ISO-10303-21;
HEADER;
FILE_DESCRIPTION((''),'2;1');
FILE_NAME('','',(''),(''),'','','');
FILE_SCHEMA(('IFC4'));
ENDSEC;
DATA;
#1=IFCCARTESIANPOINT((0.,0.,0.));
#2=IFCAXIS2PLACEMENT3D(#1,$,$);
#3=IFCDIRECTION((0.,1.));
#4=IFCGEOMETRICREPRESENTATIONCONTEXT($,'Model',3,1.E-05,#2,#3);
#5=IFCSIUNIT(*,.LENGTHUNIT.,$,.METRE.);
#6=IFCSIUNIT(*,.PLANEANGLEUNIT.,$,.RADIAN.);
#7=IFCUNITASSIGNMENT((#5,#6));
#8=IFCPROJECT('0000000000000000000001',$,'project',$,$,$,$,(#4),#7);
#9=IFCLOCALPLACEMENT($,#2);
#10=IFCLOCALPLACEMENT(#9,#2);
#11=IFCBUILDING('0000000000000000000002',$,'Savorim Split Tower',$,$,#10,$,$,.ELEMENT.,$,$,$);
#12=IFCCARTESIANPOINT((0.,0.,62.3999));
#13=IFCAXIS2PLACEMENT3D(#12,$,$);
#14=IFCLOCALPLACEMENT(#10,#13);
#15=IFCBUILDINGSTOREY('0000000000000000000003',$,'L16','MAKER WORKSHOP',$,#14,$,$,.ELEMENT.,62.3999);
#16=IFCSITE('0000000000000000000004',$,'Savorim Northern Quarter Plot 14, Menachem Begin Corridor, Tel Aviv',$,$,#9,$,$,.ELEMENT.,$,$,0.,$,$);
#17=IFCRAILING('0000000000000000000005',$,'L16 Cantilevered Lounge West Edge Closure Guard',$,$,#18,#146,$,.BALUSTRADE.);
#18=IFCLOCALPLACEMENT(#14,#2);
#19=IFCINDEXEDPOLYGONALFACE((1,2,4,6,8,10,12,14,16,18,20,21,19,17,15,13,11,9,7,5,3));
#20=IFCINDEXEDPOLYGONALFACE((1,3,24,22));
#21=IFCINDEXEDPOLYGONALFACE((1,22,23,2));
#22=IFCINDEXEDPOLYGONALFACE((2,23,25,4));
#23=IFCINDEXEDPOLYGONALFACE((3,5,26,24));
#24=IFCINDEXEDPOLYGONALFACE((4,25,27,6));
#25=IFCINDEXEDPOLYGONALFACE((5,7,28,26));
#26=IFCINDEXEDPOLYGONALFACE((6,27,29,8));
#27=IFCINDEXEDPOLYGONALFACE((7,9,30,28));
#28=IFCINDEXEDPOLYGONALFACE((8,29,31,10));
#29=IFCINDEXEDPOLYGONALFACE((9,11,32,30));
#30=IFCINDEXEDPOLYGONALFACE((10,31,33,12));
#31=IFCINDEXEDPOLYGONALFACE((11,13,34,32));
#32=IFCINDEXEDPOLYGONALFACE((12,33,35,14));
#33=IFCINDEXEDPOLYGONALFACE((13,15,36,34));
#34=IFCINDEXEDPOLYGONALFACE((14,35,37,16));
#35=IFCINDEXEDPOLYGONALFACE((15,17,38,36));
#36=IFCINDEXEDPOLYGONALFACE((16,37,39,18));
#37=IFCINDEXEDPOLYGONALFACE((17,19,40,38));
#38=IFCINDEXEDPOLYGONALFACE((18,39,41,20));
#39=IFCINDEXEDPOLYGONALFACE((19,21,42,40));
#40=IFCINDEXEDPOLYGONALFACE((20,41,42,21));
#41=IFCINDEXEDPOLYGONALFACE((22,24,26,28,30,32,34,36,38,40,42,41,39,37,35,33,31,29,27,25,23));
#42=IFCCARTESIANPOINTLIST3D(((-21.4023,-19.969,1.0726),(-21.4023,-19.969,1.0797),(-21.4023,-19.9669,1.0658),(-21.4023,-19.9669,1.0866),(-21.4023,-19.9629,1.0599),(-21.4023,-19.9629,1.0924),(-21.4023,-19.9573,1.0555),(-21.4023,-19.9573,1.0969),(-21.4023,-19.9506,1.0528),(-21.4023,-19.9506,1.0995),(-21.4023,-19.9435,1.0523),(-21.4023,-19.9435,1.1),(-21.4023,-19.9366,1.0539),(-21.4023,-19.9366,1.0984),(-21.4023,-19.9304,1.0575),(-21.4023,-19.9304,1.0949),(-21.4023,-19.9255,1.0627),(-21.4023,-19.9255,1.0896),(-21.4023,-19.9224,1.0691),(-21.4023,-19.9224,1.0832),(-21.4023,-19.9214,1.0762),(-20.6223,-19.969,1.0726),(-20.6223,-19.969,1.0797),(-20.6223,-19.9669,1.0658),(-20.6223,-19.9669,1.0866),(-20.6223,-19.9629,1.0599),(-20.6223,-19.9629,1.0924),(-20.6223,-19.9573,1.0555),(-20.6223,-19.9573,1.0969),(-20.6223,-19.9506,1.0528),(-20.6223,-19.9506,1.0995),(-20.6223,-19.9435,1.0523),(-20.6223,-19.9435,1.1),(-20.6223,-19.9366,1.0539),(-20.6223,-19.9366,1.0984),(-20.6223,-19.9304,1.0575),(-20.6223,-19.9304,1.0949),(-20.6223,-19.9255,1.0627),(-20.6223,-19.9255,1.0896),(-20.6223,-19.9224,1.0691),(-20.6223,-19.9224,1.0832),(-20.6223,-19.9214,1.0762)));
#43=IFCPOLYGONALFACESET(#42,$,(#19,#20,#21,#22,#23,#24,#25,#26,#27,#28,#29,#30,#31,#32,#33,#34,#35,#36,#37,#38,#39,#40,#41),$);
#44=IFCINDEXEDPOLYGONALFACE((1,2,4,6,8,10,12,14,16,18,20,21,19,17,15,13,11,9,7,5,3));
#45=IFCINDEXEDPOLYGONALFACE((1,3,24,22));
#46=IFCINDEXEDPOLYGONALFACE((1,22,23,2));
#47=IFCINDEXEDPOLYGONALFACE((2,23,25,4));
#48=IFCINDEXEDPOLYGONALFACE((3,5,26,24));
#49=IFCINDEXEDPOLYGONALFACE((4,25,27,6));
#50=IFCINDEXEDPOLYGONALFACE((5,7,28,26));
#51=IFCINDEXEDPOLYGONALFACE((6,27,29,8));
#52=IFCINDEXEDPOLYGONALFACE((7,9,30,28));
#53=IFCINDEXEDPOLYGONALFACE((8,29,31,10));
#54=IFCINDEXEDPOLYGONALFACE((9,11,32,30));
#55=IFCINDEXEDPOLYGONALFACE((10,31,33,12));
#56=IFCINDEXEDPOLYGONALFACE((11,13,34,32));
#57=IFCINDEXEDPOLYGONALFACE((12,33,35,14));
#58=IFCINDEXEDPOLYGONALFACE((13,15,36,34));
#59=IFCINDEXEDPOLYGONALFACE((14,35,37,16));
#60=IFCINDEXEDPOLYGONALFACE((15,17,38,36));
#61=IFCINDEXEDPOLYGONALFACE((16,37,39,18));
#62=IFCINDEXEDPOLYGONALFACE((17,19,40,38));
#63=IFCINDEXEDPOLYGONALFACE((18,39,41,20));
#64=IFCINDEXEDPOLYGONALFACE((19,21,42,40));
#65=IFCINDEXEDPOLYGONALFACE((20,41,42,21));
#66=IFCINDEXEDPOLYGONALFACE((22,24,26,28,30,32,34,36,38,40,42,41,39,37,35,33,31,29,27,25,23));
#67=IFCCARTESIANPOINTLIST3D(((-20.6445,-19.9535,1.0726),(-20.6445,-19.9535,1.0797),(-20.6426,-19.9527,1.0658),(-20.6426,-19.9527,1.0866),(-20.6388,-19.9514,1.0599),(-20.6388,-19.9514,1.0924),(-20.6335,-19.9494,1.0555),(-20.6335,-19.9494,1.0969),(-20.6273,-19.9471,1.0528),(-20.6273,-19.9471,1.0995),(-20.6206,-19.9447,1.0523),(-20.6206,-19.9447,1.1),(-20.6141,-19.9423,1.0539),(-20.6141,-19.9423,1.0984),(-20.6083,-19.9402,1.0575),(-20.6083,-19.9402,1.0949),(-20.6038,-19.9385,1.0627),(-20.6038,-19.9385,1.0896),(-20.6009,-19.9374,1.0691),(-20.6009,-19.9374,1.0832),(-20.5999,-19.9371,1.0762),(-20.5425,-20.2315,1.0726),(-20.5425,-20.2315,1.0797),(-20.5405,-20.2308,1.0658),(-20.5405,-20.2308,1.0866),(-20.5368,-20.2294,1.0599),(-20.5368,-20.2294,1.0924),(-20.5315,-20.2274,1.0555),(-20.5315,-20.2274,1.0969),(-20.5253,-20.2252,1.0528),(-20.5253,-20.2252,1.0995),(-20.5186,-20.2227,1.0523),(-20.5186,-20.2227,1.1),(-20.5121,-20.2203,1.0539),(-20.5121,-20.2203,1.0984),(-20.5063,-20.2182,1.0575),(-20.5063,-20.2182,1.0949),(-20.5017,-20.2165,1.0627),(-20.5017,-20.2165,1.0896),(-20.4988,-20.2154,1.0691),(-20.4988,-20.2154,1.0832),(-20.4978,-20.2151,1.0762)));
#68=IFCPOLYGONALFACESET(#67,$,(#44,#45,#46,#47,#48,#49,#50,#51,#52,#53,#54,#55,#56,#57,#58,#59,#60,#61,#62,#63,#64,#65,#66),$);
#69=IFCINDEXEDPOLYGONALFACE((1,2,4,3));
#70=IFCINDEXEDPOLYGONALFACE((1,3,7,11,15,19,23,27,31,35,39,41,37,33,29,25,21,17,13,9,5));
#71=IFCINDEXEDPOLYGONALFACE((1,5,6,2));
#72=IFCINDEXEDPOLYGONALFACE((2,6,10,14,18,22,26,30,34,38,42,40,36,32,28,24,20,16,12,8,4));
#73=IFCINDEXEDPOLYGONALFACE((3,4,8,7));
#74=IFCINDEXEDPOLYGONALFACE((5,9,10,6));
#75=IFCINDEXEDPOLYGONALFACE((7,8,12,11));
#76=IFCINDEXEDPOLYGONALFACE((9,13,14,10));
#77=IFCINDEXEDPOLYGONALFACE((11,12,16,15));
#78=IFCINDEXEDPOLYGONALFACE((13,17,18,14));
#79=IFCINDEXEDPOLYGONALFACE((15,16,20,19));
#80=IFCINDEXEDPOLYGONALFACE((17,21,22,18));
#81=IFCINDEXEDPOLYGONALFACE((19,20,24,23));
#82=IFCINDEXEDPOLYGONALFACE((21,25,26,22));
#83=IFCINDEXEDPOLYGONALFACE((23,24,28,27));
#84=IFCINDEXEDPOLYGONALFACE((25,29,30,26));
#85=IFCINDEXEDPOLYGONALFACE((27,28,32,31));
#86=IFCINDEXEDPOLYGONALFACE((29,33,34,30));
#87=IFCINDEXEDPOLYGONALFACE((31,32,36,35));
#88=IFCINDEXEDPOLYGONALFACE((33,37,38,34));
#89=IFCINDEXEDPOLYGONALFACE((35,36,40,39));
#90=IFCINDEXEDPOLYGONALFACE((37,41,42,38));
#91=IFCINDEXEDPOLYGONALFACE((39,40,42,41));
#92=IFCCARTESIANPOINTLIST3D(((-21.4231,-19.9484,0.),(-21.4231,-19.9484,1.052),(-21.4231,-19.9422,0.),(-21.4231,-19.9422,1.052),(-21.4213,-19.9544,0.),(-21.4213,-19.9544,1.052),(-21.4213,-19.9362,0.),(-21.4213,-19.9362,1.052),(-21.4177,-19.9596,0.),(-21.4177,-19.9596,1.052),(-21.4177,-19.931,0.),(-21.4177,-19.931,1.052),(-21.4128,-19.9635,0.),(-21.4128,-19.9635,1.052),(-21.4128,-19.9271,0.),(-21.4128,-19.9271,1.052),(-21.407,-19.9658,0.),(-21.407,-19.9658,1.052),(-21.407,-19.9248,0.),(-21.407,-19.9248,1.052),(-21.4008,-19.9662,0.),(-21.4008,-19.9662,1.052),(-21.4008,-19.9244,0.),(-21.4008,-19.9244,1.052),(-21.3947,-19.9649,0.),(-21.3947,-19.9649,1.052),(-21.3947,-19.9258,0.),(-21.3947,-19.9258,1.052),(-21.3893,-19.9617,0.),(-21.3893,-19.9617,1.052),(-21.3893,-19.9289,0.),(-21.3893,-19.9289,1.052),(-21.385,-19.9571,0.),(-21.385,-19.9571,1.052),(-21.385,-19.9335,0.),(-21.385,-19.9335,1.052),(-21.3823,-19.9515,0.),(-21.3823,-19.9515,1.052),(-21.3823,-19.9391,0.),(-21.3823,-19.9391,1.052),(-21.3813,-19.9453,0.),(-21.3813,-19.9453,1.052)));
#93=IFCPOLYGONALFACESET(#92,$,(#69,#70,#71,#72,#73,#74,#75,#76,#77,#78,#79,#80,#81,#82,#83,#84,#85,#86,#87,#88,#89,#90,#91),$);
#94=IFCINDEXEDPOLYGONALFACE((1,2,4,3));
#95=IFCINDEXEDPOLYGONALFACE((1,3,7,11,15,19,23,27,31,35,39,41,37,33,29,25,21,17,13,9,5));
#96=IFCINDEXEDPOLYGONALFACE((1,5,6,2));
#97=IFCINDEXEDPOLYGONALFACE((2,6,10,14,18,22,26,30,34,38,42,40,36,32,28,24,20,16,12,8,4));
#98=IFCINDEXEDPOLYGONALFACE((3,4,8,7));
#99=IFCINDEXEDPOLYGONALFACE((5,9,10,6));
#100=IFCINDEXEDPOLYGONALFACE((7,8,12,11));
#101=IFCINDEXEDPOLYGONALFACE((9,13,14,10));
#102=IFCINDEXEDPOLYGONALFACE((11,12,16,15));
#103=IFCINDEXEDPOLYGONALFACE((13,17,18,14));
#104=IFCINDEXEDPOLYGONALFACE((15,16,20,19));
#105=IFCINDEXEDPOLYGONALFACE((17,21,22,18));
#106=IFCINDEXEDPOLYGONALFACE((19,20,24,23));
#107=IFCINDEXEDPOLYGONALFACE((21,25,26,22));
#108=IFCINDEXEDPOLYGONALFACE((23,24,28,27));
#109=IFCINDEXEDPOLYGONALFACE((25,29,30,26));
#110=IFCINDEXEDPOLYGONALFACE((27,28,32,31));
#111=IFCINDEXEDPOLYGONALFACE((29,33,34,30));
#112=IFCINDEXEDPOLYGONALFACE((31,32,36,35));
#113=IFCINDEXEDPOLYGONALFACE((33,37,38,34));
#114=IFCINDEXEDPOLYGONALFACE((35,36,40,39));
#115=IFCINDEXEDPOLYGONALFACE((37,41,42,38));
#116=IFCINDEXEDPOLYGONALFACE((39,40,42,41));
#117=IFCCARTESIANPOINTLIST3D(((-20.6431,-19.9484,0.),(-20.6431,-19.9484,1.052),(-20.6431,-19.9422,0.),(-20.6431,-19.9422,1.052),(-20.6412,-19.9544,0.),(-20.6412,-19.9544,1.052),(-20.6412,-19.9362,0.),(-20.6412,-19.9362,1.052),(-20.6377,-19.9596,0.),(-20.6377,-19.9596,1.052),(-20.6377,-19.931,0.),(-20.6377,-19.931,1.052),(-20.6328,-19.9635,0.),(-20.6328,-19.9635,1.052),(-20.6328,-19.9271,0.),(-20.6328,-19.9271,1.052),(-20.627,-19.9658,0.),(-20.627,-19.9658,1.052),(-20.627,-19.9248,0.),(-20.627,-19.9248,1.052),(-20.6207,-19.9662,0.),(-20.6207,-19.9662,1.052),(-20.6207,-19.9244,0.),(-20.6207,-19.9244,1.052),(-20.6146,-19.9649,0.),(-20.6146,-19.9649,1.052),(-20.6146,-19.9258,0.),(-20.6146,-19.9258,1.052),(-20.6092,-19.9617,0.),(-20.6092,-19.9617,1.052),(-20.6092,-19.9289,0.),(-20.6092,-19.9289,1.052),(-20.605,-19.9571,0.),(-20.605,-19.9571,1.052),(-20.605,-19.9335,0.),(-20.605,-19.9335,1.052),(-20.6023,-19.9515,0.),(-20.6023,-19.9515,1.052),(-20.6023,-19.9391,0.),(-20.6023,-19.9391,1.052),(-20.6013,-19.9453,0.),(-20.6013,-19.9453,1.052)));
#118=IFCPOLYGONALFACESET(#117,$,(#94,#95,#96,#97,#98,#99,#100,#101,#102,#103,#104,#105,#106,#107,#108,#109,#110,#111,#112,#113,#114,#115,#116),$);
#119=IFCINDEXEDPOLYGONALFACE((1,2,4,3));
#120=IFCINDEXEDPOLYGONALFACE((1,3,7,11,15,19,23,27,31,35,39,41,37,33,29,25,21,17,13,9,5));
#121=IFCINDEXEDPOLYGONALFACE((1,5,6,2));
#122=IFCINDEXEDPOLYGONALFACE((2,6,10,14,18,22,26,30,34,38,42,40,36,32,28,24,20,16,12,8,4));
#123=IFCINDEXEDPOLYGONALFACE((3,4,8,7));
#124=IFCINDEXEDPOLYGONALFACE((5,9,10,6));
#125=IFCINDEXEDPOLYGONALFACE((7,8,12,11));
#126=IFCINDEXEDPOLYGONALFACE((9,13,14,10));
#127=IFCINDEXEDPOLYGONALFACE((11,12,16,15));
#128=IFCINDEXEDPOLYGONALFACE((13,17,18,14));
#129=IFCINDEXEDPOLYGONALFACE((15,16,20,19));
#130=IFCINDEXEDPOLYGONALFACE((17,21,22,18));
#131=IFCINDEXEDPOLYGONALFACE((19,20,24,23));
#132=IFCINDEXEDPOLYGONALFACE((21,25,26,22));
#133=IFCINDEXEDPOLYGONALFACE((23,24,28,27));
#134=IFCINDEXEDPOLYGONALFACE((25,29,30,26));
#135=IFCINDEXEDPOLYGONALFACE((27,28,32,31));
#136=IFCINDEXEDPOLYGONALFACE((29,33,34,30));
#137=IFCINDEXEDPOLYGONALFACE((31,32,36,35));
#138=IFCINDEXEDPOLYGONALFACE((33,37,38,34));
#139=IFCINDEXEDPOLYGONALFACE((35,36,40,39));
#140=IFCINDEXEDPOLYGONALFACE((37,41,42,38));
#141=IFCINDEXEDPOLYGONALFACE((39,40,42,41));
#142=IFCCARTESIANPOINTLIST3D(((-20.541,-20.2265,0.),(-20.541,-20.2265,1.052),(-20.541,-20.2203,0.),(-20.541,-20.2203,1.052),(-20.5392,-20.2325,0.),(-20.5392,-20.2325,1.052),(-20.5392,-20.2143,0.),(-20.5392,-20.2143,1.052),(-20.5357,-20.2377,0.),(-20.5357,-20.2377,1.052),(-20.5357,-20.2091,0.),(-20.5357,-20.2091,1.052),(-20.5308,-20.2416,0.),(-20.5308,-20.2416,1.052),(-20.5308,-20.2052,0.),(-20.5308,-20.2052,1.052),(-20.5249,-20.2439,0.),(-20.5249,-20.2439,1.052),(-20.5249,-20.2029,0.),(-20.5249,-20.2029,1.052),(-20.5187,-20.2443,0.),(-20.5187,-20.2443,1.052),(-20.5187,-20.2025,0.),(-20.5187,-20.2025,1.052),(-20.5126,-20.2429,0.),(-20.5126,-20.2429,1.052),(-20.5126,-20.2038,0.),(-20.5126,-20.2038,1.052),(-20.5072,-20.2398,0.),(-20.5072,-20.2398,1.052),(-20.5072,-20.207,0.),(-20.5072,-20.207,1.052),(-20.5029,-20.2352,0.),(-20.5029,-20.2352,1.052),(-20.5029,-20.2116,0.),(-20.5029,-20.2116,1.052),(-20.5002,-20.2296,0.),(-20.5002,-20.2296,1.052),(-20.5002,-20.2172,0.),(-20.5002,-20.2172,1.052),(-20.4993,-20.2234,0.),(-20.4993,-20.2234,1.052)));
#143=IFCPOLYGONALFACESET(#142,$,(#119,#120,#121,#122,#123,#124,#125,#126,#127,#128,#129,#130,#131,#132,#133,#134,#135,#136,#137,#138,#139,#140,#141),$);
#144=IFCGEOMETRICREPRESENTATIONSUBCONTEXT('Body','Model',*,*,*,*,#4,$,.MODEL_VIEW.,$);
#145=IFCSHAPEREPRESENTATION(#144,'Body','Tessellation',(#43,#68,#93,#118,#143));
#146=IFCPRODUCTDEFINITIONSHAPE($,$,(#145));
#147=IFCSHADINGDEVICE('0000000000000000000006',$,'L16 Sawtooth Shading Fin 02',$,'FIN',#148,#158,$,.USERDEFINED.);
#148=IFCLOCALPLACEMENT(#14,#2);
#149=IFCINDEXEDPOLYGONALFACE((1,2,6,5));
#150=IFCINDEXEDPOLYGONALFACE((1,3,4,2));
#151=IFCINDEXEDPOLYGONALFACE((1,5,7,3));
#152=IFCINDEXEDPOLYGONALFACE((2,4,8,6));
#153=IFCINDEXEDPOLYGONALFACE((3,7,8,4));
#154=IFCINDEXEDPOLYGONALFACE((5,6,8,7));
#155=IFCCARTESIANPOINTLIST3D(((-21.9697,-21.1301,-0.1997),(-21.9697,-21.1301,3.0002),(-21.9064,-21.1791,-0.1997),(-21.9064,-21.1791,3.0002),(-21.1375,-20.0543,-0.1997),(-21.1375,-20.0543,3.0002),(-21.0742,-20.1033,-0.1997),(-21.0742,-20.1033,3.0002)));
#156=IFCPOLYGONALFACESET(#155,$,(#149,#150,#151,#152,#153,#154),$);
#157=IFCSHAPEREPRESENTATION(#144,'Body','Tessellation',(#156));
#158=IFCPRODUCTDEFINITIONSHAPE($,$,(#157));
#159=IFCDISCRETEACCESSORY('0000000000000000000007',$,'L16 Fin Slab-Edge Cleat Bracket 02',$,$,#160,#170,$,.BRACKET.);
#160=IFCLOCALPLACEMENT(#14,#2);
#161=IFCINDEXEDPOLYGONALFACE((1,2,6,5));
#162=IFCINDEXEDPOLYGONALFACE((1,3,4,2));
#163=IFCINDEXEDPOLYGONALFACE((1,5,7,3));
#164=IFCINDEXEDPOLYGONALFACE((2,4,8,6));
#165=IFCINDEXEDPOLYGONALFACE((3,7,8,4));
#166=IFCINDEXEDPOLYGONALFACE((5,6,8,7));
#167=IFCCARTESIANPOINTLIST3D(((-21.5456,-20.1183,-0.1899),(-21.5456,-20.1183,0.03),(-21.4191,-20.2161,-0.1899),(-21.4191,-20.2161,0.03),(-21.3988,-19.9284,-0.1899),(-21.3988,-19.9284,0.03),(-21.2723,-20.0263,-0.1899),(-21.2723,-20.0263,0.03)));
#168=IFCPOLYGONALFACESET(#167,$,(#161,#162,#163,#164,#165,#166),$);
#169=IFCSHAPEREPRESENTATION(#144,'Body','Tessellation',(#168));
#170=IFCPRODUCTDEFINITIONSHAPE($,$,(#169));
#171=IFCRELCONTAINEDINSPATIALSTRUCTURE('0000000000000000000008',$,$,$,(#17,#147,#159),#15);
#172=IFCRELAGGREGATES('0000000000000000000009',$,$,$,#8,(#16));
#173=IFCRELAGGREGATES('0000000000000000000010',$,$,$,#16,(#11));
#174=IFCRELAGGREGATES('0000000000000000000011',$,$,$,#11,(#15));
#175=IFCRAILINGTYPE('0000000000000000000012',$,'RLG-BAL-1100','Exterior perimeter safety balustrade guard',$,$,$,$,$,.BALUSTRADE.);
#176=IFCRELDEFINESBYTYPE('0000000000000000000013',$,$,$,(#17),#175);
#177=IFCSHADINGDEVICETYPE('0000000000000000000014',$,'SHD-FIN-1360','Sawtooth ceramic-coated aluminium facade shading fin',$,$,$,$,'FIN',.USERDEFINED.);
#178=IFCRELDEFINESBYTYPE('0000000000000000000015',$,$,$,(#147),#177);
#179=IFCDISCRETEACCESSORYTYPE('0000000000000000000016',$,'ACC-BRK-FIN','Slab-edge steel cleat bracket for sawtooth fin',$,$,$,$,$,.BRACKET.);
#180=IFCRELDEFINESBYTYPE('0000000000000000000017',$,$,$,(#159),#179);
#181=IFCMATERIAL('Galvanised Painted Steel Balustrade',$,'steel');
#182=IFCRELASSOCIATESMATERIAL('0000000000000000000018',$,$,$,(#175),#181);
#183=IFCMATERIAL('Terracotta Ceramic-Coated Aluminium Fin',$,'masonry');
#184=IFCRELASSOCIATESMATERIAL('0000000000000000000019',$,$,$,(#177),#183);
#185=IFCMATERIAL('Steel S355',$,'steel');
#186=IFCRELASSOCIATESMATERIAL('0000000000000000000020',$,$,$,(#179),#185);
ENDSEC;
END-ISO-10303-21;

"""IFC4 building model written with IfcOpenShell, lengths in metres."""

from ifc_helpers import new_model, si_unit, direction, frame, origin, origin_2d, place, context, subcontext, project, spatial, rectangle, circle, extrude, material, type_object, element, save


model = new_model("IFC4")

# Units and contexts
model_context = context("Model", 3, precision=1e-05, world=origin(), true_north=direction((0.0, 1.0)))
body_context = subcontext(model_context, "Body", "Model", "MODEL_VIEW")
ifc_project = project(units=[si_unit("LENGTHUNIT", "METRE"), si_unit("PLANEANGLEUNIT", "RADIAN")], contexts=[model_context])

# Site, building, storey
site_placement = place(None, origin())
site = spatial("IfcSite", under=ifc_project, at=site_placement, Name="Savorim Northern Quarter Plot 14, Menachem Begin Corridor, Tel Aviv", CompositionType="ELEMENT", RefElevation=0.0)
building_placement = place(site_placement, origin())
building = spatial("IfcBuilding", under=site, at=building_placement, Name="Savorim Split Tower", CompositionType="ELEMENT")
storey_placement = place(building_placement, frame((0.0, 0.0, 62.3999)))
storey = spatial("IfcBuildingStorey", under=building, at=storey_placement, Name="L16", Description="MAKER WORKSHOP", CompositionType="ELEMENT", Elevation=62.3999)

# Shared definitions
ifc_material_1 = material(Name="Steel S355", Category="steel")

# Railing
ifc_material_2 = material(Name="Galvanised Painted Steel Balustrade", Category="steel")
railing_type = type_object("IfcRailingType", Name="RLG-BAL-1100", Description="Exterior perimeter safety balustrade guard", PredefinedType="BALUSTRADE", material=ifc_material_2)
railing_placement = place(storey_placement, frame((-21.4023, -19.9453, 0.0)))
element("IfcRailing", 1, at=railing_placement, inside=storey, type_object=railing_type, Name="L16 Cantilevered Lounge West Edge Closure Guard", PredefinedType="BALUSTRADE", context=body_context, shape_type="SweptSolid", body=[
    extrude(circle(Radius=0.0239, at=origin_2d()), frame((0.0, 0.0, 1.0762), z_axis=(1.0, 0.0, 0.0), x_axis=(0.0, 1.0, 0.0)), (0.0, 0.0, 1.0), 0.78),
    extrude(circle(Radius=0.0239, at=origin_2d()), frame((0.78, 0.0, 1.0762), z_axis=(0.344521, -0.938779, 0.0), x_axis=(0.938779, 0.344521, 0.0)), (0.0, 0.0, 1.0), 0.2961),
    extrude(circle(Radius=0.021, at=origin_2d()), origin(), (0.0, 0.0, 1.0), 1.052),
    extrude(circle(Radius=0.021, at=origin_2d()), frame((0.78, 0.0, 0.0)), (0.0, 0.0, 1.0), 1.052),
    extrude(circle(Radius=0.021, at=origin_2d()), frame((0.8821, -0.2781, 0.0)), (0.0, 0.0, 1.0), 1.052),
])

# Shading device
ifc_material_3 = material(Name="Terracotta Ceramic-Coated Aluminium Fin", Category="masonry")
shading_device_type = type_object("IfcShadingDeviceType", Name="SHD-FIN-1360", Description="Sawtooth ceramic-coated aluminium facade shading fin", ElementType="FIN", PredefinedType="USERDEFINED", material=ifc_material_3)
shading_device_placement = place(storey_placement, frame((-21.522, -20.6167, -0.1997), z_axis=(0.0, 0.0, 1.0), x_axis=(-0.611868, -0.79096, 0.0)))
element("IfcShadingDevice", 2, at=shading_device_placement, inside=storey, type_object=shading_device_type, Name="L16 Sawtooth Shading Fin 02", ObjectType="FIN", PredefinedType="USERDEFINED", context=body_context, shape_type="SweptSolid", body=[
    extrude(rectangle(XDim=1.3601, YDim=0.0801, at=origin_2d()), origin(), (0.0, 0.0, 1.0), 3.2),
])

# Discrete accessory
discrete_accessory_type = type_object("IfcDiscreteAccessoryType", Name="ACC-BRK-FIN", Description="Slab-edge steel cleat bracket for sawtooth fin", PredefinedType="BRACKET", material=ifc_material_1)
discrete_accessory_placement = place(storey_placement, frame((-21.4089, -20.0723, -0.1899), z_axis=(0.0, 0.0, 1.0), x_axis=(-0.611868, -0.79096, 0.0)))
element("IfcDiscreteAccessory", 3, at=discrete_accessory_placement, inside=storey, type_object=discrete_accessory_type, Name="L16 Fin Slab-Edge Cleat Bracket 02", PredefinedType="BRACKET", context=body_context, shape_type="SweptSolid", body=[
    extrude(rectangle(XDim=0.24, YDim=0.1599, at=origin_2d()), origin(), (0.0, 0.0, 1.0), 0.22),
])

save(model, "model.ifc")
